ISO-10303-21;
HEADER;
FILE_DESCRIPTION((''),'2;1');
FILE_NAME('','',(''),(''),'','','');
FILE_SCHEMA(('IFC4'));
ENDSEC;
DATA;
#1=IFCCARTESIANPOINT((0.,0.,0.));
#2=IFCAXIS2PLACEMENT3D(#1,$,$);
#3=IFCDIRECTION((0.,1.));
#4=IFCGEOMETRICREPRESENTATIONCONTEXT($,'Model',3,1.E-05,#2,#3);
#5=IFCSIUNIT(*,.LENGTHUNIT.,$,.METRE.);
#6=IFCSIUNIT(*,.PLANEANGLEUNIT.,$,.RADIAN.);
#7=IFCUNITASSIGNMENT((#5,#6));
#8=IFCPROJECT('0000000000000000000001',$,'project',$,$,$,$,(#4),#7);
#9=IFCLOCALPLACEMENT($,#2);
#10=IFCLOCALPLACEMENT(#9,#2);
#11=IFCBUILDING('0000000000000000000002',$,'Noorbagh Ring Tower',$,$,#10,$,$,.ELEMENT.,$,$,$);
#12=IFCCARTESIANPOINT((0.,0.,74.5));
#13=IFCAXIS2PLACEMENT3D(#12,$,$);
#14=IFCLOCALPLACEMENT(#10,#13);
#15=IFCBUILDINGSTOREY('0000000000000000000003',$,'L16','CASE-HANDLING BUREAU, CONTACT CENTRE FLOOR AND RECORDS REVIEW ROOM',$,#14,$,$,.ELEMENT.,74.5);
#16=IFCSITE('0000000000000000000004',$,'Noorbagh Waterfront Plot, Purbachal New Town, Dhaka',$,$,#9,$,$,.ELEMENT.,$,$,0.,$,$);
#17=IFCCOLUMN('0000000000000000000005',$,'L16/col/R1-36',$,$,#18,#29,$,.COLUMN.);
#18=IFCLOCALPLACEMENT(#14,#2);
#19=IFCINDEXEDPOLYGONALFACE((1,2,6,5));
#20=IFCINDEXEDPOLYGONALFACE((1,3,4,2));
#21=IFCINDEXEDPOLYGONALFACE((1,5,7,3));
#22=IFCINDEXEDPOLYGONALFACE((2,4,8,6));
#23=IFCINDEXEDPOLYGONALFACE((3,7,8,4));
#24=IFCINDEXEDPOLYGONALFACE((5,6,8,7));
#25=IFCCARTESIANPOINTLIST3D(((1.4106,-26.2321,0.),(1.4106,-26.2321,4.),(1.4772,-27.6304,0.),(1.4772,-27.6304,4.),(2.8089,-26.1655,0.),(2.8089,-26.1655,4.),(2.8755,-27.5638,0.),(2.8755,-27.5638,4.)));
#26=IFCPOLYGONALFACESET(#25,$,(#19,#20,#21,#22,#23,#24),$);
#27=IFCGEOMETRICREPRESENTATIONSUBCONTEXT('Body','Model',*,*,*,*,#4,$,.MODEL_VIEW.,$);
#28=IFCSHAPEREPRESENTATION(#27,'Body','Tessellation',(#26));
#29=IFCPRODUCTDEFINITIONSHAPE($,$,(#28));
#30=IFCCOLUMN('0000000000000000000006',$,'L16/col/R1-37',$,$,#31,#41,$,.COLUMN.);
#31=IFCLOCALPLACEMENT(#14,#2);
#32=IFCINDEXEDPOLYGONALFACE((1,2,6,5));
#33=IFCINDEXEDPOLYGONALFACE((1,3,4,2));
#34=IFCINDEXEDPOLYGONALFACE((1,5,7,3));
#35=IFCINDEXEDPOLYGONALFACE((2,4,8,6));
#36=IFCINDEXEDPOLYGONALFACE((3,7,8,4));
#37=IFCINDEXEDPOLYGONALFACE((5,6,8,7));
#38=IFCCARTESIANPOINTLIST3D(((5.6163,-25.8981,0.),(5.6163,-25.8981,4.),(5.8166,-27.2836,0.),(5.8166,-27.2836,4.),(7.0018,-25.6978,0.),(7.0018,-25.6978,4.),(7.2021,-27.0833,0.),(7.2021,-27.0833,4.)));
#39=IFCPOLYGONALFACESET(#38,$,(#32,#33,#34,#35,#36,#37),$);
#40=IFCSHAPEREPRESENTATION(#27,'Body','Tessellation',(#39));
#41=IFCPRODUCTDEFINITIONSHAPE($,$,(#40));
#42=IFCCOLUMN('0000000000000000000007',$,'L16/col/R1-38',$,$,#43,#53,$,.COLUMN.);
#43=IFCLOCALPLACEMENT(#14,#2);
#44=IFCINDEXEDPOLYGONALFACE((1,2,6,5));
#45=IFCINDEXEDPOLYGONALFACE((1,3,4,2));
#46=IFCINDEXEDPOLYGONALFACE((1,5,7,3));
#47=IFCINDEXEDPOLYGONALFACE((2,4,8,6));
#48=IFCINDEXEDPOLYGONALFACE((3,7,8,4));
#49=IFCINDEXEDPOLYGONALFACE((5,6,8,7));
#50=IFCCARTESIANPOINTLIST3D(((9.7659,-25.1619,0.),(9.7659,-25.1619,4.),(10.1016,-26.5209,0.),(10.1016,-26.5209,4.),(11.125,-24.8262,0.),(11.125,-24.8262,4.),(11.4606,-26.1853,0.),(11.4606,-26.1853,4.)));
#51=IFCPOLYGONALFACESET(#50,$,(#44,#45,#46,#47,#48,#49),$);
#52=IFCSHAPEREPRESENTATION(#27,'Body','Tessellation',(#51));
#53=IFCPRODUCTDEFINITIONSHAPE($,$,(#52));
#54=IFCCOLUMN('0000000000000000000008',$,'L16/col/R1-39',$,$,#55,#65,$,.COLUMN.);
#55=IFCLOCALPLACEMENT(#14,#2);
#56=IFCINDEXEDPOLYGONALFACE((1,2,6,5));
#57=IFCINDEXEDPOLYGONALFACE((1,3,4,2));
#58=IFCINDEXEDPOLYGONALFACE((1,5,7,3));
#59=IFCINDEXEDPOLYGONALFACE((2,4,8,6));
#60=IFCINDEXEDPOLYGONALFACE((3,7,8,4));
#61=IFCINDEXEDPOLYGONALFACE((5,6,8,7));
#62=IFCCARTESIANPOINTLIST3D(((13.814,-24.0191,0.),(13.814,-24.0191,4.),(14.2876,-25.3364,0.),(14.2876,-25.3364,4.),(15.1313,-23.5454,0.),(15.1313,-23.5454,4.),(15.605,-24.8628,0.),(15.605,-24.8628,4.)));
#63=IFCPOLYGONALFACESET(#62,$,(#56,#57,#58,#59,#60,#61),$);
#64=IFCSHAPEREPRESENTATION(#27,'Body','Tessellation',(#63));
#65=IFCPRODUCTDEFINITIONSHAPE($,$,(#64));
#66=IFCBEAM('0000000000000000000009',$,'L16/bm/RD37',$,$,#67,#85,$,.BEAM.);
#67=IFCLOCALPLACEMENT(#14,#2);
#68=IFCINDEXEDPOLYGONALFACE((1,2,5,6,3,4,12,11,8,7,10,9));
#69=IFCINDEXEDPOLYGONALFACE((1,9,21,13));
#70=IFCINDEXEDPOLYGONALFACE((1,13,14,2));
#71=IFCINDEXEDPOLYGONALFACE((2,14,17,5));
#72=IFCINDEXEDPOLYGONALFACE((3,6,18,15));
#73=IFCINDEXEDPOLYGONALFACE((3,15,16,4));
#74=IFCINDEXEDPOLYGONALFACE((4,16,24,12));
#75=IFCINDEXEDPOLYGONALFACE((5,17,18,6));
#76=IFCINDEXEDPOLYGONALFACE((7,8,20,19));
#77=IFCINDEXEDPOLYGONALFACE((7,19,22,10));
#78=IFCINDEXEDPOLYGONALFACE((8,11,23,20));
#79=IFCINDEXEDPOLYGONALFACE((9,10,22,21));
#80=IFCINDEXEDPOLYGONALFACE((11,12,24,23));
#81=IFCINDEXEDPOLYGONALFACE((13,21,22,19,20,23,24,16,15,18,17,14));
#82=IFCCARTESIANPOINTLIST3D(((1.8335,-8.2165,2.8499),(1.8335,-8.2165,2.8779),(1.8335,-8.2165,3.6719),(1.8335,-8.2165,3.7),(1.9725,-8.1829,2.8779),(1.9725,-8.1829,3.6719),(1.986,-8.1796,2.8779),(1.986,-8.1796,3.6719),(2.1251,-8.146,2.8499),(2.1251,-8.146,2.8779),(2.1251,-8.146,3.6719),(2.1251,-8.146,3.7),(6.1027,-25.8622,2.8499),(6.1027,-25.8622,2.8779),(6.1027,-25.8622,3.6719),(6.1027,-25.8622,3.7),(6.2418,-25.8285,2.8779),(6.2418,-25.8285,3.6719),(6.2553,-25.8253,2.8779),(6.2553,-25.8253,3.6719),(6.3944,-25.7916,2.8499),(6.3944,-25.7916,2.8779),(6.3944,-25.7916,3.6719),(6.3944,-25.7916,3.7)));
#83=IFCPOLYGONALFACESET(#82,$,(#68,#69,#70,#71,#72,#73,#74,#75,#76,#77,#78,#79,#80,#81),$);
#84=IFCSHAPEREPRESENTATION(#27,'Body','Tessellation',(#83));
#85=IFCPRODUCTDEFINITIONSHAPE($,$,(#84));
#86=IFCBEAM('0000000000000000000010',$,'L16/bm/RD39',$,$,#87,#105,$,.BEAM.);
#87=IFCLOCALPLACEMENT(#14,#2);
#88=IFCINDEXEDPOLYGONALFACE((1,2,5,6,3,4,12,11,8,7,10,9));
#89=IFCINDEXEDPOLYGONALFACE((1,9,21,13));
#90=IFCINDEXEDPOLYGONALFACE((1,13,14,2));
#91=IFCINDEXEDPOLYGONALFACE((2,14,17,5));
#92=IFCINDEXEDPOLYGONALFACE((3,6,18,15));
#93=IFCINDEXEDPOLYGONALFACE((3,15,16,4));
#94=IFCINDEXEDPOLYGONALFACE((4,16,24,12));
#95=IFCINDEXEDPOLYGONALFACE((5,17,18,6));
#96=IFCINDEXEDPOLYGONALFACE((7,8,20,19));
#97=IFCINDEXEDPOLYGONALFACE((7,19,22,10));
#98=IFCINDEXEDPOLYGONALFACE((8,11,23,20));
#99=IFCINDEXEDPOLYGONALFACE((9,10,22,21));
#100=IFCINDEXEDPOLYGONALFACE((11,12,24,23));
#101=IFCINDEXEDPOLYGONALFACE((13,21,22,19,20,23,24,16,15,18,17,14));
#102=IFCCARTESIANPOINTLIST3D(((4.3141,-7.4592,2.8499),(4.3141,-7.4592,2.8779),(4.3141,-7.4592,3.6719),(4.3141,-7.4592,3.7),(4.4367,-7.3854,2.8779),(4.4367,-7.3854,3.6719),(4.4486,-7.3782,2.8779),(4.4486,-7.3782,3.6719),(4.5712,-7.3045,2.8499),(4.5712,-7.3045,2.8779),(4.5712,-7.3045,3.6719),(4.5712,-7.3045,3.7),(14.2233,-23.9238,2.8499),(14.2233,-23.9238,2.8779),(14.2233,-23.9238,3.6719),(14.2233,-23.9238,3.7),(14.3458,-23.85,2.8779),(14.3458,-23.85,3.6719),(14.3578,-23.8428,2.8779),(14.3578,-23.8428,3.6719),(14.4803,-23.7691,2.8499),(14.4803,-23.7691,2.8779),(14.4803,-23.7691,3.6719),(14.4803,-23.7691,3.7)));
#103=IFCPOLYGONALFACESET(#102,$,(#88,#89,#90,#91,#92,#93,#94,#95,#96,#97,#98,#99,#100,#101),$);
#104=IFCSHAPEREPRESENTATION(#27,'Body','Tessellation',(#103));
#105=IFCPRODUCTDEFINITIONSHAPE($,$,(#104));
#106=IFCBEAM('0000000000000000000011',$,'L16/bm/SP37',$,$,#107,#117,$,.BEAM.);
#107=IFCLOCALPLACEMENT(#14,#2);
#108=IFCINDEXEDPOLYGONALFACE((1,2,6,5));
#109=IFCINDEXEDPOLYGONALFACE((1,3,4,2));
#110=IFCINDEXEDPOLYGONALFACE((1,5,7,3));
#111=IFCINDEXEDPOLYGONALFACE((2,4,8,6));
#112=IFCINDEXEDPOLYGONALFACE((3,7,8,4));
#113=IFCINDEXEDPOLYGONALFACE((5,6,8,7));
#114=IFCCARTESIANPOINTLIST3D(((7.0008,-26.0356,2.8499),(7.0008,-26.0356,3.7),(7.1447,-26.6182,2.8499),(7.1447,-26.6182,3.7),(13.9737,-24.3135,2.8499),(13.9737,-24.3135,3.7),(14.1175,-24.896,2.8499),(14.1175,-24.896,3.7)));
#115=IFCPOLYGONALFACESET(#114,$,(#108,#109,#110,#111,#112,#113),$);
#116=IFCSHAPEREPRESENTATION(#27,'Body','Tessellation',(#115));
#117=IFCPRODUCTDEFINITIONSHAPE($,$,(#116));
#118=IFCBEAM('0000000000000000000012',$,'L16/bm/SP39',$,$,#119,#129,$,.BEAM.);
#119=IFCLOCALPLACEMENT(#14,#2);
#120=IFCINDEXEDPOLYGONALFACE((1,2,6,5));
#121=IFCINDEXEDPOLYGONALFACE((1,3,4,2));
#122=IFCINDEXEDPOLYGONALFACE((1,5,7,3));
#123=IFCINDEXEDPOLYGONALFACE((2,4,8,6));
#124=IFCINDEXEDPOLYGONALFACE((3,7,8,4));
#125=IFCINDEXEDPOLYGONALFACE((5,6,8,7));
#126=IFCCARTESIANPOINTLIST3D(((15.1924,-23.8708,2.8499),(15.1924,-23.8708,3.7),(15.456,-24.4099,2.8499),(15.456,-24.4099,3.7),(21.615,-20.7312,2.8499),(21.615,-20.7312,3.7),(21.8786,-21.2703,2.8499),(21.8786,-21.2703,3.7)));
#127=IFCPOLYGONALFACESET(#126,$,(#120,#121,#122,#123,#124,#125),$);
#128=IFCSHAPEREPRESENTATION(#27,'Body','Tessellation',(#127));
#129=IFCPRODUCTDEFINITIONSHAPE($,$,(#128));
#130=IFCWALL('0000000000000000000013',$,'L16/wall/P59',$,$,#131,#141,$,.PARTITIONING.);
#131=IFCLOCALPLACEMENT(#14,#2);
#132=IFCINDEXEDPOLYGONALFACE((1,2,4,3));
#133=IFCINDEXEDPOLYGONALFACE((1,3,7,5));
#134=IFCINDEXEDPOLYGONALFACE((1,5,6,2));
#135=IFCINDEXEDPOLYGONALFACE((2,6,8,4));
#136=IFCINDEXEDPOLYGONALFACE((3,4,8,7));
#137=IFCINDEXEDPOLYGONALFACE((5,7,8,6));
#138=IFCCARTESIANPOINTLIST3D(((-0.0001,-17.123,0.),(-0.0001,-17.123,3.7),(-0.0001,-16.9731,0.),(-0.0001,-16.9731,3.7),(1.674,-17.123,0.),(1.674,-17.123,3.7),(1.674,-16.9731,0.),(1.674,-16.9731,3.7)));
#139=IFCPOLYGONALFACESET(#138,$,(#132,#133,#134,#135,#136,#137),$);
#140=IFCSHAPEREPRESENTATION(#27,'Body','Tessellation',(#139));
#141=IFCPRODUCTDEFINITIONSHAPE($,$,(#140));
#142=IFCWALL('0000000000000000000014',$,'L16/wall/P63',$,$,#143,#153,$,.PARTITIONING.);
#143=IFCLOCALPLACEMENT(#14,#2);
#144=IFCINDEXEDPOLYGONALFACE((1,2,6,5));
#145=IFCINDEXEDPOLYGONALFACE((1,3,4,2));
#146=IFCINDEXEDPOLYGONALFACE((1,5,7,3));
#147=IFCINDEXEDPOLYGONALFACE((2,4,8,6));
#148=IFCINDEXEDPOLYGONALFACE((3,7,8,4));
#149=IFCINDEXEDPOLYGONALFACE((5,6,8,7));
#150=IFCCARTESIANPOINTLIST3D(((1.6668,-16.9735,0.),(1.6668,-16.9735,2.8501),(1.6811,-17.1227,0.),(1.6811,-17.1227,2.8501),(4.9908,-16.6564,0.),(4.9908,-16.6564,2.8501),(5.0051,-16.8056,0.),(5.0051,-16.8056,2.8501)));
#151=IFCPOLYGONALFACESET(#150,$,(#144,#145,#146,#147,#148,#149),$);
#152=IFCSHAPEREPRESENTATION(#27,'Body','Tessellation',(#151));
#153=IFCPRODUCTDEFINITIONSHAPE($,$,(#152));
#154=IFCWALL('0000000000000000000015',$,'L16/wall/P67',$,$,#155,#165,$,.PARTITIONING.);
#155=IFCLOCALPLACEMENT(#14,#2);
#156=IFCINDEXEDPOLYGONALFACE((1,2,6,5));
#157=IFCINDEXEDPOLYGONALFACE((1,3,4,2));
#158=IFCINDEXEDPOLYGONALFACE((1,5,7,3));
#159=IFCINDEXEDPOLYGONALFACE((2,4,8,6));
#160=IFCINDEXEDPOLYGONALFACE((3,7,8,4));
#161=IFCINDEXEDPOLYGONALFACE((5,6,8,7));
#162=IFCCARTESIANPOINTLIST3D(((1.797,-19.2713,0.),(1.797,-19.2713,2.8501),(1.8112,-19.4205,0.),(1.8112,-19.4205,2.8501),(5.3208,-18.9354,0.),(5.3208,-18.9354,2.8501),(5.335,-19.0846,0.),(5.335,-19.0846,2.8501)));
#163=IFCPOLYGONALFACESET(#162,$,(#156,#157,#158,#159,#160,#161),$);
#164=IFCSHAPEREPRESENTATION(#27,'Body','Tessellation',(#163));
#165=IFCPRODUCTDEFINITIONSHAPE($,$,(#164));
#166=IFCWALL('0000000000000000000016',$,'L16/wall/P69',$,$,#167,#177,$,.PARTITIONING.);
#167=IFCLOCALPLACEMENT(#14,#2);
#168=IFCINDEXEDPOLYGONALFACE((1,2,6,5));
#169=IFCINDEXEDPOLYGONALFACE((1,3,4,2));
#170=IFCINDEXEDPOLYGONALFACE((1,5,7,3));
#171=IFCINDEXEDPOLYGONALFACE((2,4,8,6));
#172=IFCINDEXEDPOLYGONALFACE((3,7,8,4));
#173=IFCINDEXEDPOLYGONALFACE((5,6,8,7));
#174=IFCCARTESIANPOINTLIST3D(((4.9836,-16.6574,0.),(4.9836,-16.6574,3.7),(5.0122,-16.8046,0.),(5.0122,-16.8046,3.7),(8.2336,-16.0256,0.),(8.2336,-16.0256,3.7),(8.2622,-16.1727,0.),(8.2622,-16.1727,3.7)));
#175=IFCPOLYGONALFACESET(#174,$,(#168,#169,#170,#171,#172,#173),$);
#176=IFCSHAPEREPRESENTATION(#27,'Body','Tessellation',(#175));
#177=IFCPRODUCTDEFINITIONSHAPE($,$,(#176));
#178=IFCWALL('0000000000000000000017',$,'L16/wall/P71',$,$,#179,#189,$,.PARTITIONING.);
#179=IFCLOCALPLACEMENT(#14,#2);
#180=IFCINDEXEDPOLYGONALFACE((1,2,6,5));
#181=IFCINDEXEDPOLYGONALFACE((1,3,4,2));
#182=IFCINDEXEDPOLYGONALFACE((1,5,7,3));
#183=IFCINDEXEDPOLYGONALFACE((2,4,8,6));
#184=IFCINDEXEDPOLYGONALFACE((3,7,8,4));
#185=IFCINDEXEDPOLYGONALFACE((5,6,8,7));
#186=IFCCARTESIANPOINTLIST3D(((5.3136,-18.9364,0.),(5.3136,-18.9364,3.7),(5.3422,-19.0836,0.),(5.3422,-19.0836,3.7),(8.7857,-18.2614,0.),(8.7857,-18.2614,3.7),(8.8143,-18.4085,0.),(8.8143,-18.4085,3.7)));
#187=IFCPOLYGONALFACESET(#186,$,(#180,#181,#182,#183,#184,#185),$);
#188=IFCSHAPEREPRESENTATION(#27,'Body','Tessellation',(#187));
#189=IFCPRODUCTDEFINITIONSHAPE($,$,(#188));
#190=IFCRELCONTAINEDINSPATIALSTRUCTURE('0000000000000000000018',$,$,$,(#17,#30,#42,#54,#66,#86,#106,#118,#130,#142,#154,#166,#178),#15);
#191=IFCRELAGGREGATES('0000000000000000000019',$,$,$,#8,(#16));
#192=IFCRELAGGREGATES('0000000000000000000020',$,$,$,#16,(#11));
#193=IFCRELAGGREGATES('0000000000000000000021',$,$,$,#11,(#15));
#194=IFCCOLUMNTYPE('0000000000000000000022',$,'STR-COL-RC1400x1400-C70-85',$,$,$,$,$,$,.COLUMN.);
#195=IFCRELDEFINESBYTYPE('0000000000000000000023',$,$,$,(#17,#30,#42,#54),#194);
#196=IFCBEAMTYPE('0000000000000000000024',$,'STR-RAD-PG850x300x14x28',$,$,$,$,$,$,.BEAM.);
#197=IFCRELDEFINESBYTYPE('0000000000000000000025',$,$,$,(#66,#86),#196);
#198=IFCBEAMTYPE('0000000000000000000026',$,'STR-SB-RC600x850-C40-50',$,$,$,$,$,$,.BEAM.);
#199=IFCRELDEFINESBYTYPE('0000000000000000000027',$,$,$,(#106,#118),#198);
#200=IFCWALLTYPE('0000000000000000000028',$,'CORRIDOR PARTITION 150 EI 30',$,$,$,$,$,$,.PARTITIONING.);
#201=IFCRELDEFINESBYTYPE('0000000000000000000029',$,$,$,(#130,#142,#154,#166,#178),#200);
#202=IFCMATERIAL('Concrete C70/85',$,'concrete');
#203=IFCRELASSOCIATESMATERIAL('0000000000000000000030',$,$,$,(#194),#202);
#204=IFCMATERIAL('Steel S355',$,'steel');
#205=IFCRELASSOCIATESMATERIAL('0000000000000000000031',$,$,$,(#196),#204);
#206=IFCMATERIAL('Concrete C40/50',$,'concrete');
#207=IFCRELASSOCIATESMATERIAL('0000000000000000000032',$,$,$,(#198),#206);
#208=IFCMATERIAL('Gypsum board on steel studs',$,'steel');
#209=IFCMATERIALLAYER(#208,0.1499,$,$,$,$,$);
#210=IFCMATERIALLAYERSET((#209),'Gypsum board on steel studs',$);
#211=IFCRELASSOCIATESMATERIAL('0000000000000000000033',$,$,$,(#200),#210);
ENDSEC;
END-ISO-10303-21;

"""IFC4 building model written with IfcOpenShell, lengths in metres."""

from ifc_helpers import new_model, si_unit, direction, frame, frame_2d, origin, origin_2d, place, context, subcontext, project, spatial, rectangle, i_section, extrude, material, layer, layer_set, material_profile, profile_set, type_object, element, save


model = new_model("IFC4")

# Units and contexts
model_context = context("Model", 3, precision=1e-05, world=origin(), true_north=direction((0.0, 1.0)))
body_context = subcontext(model_context, "Body", "Model", "MODEL_VIEW")
ifc_project = project(units=[si_unit("LENGTHUNIT", "METRE"), si_unit("PLANEANGLEUNIT", "RADIAN")], contexts=[model_context])

# Site, building, storey
site_placement = place(None, origin())
site = spatial("IfcSite", under=ifc_project, at=site_placement, Name="Noorbagh Waterfront Plot, Purbachal New Town, Dhaka", CompositionType="ELEMENT", RefElevation=0.0)
building_placement = place(site_placement, origin())
building = spatial("IfcBuilding", under=site, at=building_placement, Name="Noorbagh Ring Tower", CompositionType="ELEMENT")
storey_placement = place(building_placement, frame((0.0, 0.0, 74.5)))
storey = spatial("IfcBuildingStorey", under=building, at=storey_placement, Name="L16", Description="CASE-HANDLING BUREAU, CONTACT CENTRE FLOOR AND RECORDS REVIEW ROOM", CompositionType="ELEMENT", Elevation=74.5)

# Columns
ifc_material_1 = material(Name="Concrete C70/85", Category="concrete")
ifc_material_profile_1 = material_profile(ifc_material_1, rectangle(XDim=1.3999, YDim=1.3999, at=origin_2d()), Name="RC1400x1400")
ifc_profile_set_1 = profile_set([ifc_material_profile_1], Name="Concrete C70/85")
column_type = type_object("IfcColumnType", Name="STR-COL-RC1400x1400-C70-85", PredefinedType="COLUMN", material=ifc_profile_set_1)
for number, where, z_axis, x_axis, name in (
    (1, (2.1431, -26.8979, 0.0), (0.0, 0.0, 1.0), (0.998869, 0.047553, 0.0), "L16/col/R1-36"),
    (2, (6.4092, -26.4907, 0.0), (0.0, 0.0, 1.0), (0.989713, 0.143066, 0.0), "L16/col/R1-37"),
    (3, (10.6133, -25.6736, 0.0), (0.0, 0.0, 1.0), (0.970829, 0.239771, 0.0), "L16/col/R1-38"),
    (4, (14.7095, -24.4409, 0.0), (0.0, 0.0, 1.0), (0.941025, 0.338338, 0.0), "L16/col/R1-39"),
):
    element("IfcColumn", number, at=place(storey_placement, frame(where, z_axis=z_axis, x_axis=x_axis)), inside=storey, type_object=column_type, Name=name, PredefinedType="COLUMN", context=body_context, shape_type="SweptSolid", body=[
        extrude(rectangle(XDim=1.3999, YDim=1.3999, at=origin_2d()), origin(), (0.0, 0.0, 1.0), 4.0),
    ])

# Beams
ifc_material_2 = material(Name="Steel S355", Category="steel")
ifc_material_profile_2 = material_profile(ifc_material_2, i_section(OverallWidth=0.3, OverallDepth=0.8501, WebThickness=0.0139, FlangeThickness=0.0281, at=origin_2d()), Name="PG850x300x14x28")
ifc_profile_set_2 = profile_set([ifc_material_profile_2], Name="Steel S355")
beam_type_1 = type_object("IfcBeamType", Name="STR-RAD-PG850x300x14x28", PredefinedType="BEAM", material=ifc_profile_set_2)
beam_1_placement = place(storey_placement, frame((6.2485, -25.8269, 3.2749), z_axis=(-0.235159, 0.971957, 0.0), x_axis=(-0.971957, -0.235159, 0.0)))
element("IfcBeam", 5, at=beam_1_placement, inside=storey, type_object=beam_type_1, Name="L16/bm/RD37", PredefinedType="BEAM", context=body_context, shape_type="SweptSolid", body=[
    extrude(i_section(OverallWidth=0.3, OverallDepth=0.8501, WebThickness=0.0139, FlangeThickness=0.0281, at=origin_2d()), origin(), (0.0, 0.0, 1.0), 18.1548),
])
beam_2_placement = place(storey_placement, frame((14.3518, -23.8464, 3.2749), z_axis=(-0.515659, 0.856794, 0.0), x_axis=(-0.856794, -0.515659, 0.0)))
element("IfcBeam", 6, at=beam_2_placement, inside=storey, type_object=beam_type_1, Name="L16/bm/RD39", PredefinedType="BEAM", context=body_context, shape_type="SweptSolid", body=[
    extrude(i_section(OverallWidth=0.3, OverallDepth=0.8501, WebThickness=0.0139, FlangeThickness=0.0281, at=origin_2d()), origin(), (0.0, 0.0, 1.0), 19.2166),
])
ifc_material_3 = material(Name="Concrete C40/50", Category="concrete")
ifc_material_profile_3 = material_profile(ifc_material_3, rectangle(XDim=0.6001, YDim=0.8501, at=origin_2d()), Name="RC600x850")
ifc_profile_set_3 = profile_set([ifc_material_profile_3], Name="Concrete C40/50")
beam_type_2 = type_object("IfcBeamType", Name="STR-SB-RC600x850-C40-50", PredefinedType="BEAM", material=ifc_profile_set_3)
beam_3_placement = place(storey_placement, frame((7.0728, -26.3269, 3.2749), z_axis=(0.970828, 0.239775, 0.0), x_axis=(-0.239775, 0.970828, 0.0)))
element("IfcBeam", 7, at=beam_3_placement, inside=storey, type_object=beam_type_2, Name="L16/bm/SP37", PredefinedType="BEAM", context=body_context, shape_type="SweptSolid", body=[
    extrude(rectangle(XDim=0.6001, YDim=0.8501, at=origin_2d()), origin(), (0.0, 0.0, 1.0), 7.1824),
])
beam_4_placement = place(storey_placement, frame((15.3242, -24.1404, 3.2749), z_axis=(0.898401, 0.439177, 0.0), x_axis=(-0.439177, 0.898401, 0.0)))
element("IfcBeam", 8, at=beam_4_placement, inside=storey, type_object=beam_type_2, Name="L16/bm/SP39", PredefinedType="BEAM", context=body_context, shape_type="SweptSolid", body=[
    extrude(rectangle(XDim=0.6001, YDim=0.8501, at=origin_2d()), origin(), (0.0, 0.0, 1.0), 7.1489),
])

# Walls
ifc_material_4 = material(Name="Gypsum board on steel studs", Category="steel")
ifc_layer_1 = layer(ifc_material_4, 0.1499)
ifc_layer_set_1 = layer_set([ifc_layer_1], Name="Gypsum board on steel studs")
wall_type_1 = type_object("IfcWallType", Name="CORRIDOR PARTITION 150 EI 30", PredefinedType="PARTITIONING", material=ifc_layer_set_1)
wall_1_placement = place(storey_placement, frame((0.0, -17.0481, 0.0), z_axis=(0.0, 0.0, 1.0), x_axis=(1.0, 0.0, 0.0)))
element("IfcWall", 9, at=wall_1_placement, inside=storey, type_object=wall_type_1, Name="L16/wall/P59", PredefinedType="PARTITIONING", context=body_context, shape_type="SweptSolid", body=[
    extrude(rectangle(XDim=1.6741, YDim=0.1499, at=frame_2d((0.8369, 0.0))), origin(), (0.0, 0.0, 1.0), 3.7),
])
wall_2_placement = place(storey_placement, frame((1.6741, -17.0481, 0.0), z_axis=(0.0, 0.0, 1.0), x_axis=(0.995479, 0.094978, 0.0)))
element("IfcWall", 10, at=wall_2_placement, inside=storey, type_object=wall_type_1, Name="L16/wall/P63", PredefinedType="PARTITIONING", context=body_context, shape_type="SweptSolid", body=[
    extrude(rectangle(XDim=3.3391, YDim=0.1499, at=frame_2d((1.6694, 0.0))), origin(), (0.0, 0.0, 1.0), 2.8501),
])
wall_3_placement = place(storey_placement, frame((1.804, -19.3459, 0.0), z_axis=(0.0, 0.0, 1.0), x_axis=(0.995487, 0.0949, 0.0)))
element("IfcWall", 11, at=wall_3_placement, inside=storey, type_object=wall_type_1, Name="L16/wall/P67", PredefinedType="PARTITIONING", context=body_context, shape_type="SweptSolid", body=[
    extrude(rectangle(XDim=3.5398, YDim=0.1499, at=frame_2d((1.77, 0.0))), origin(), (0.0, 0.0, 1.0), 2.8501),
])
wall_4_placement = place(storey_placement, frame((4.998, -16.731, 0.0), z_axis=(0.0, 0.0, 1.0), x_axis=(0.981622, 0.190838, 0.0)))
element("IfcWall", 12, at=wall_4_placement, inside=storey, type_object=wall_type_1, Name="L16/wall/P69", PredefinedType="PARTITIONING", context=body_context, shape_type="SweptSolid", body=[
    extrude(rectangle(XDim=3.3108, YDim=0.1499, at=frame_2d((1.6553, 0.0))), origin(), (0.0, 0.0, 1.0), 3.7),
])
wall_5_placement = place(storey_placement, frame((5.3279, -19.01, 0.0), z_axis=(0.0, 0.0, 1.0), x_axis=(0.98162, 0.190844, 0.0)))
element("IfcWall", 13, at=wall_5_placement, inside=storey, type_object=wall_type_1, Name="L16/wall/P71", PredefinedType="PARTITIONING", context=body_context, shape_type="SweptSolid", body=[
    extrude(rectangle(XDim=3.5371, YDim=0.1499, at=frame_2d((1.7686, 0.0))), origin(), (0.0, 0.0, 1.0), 3.7),
])

save(model, "model.ifc")
